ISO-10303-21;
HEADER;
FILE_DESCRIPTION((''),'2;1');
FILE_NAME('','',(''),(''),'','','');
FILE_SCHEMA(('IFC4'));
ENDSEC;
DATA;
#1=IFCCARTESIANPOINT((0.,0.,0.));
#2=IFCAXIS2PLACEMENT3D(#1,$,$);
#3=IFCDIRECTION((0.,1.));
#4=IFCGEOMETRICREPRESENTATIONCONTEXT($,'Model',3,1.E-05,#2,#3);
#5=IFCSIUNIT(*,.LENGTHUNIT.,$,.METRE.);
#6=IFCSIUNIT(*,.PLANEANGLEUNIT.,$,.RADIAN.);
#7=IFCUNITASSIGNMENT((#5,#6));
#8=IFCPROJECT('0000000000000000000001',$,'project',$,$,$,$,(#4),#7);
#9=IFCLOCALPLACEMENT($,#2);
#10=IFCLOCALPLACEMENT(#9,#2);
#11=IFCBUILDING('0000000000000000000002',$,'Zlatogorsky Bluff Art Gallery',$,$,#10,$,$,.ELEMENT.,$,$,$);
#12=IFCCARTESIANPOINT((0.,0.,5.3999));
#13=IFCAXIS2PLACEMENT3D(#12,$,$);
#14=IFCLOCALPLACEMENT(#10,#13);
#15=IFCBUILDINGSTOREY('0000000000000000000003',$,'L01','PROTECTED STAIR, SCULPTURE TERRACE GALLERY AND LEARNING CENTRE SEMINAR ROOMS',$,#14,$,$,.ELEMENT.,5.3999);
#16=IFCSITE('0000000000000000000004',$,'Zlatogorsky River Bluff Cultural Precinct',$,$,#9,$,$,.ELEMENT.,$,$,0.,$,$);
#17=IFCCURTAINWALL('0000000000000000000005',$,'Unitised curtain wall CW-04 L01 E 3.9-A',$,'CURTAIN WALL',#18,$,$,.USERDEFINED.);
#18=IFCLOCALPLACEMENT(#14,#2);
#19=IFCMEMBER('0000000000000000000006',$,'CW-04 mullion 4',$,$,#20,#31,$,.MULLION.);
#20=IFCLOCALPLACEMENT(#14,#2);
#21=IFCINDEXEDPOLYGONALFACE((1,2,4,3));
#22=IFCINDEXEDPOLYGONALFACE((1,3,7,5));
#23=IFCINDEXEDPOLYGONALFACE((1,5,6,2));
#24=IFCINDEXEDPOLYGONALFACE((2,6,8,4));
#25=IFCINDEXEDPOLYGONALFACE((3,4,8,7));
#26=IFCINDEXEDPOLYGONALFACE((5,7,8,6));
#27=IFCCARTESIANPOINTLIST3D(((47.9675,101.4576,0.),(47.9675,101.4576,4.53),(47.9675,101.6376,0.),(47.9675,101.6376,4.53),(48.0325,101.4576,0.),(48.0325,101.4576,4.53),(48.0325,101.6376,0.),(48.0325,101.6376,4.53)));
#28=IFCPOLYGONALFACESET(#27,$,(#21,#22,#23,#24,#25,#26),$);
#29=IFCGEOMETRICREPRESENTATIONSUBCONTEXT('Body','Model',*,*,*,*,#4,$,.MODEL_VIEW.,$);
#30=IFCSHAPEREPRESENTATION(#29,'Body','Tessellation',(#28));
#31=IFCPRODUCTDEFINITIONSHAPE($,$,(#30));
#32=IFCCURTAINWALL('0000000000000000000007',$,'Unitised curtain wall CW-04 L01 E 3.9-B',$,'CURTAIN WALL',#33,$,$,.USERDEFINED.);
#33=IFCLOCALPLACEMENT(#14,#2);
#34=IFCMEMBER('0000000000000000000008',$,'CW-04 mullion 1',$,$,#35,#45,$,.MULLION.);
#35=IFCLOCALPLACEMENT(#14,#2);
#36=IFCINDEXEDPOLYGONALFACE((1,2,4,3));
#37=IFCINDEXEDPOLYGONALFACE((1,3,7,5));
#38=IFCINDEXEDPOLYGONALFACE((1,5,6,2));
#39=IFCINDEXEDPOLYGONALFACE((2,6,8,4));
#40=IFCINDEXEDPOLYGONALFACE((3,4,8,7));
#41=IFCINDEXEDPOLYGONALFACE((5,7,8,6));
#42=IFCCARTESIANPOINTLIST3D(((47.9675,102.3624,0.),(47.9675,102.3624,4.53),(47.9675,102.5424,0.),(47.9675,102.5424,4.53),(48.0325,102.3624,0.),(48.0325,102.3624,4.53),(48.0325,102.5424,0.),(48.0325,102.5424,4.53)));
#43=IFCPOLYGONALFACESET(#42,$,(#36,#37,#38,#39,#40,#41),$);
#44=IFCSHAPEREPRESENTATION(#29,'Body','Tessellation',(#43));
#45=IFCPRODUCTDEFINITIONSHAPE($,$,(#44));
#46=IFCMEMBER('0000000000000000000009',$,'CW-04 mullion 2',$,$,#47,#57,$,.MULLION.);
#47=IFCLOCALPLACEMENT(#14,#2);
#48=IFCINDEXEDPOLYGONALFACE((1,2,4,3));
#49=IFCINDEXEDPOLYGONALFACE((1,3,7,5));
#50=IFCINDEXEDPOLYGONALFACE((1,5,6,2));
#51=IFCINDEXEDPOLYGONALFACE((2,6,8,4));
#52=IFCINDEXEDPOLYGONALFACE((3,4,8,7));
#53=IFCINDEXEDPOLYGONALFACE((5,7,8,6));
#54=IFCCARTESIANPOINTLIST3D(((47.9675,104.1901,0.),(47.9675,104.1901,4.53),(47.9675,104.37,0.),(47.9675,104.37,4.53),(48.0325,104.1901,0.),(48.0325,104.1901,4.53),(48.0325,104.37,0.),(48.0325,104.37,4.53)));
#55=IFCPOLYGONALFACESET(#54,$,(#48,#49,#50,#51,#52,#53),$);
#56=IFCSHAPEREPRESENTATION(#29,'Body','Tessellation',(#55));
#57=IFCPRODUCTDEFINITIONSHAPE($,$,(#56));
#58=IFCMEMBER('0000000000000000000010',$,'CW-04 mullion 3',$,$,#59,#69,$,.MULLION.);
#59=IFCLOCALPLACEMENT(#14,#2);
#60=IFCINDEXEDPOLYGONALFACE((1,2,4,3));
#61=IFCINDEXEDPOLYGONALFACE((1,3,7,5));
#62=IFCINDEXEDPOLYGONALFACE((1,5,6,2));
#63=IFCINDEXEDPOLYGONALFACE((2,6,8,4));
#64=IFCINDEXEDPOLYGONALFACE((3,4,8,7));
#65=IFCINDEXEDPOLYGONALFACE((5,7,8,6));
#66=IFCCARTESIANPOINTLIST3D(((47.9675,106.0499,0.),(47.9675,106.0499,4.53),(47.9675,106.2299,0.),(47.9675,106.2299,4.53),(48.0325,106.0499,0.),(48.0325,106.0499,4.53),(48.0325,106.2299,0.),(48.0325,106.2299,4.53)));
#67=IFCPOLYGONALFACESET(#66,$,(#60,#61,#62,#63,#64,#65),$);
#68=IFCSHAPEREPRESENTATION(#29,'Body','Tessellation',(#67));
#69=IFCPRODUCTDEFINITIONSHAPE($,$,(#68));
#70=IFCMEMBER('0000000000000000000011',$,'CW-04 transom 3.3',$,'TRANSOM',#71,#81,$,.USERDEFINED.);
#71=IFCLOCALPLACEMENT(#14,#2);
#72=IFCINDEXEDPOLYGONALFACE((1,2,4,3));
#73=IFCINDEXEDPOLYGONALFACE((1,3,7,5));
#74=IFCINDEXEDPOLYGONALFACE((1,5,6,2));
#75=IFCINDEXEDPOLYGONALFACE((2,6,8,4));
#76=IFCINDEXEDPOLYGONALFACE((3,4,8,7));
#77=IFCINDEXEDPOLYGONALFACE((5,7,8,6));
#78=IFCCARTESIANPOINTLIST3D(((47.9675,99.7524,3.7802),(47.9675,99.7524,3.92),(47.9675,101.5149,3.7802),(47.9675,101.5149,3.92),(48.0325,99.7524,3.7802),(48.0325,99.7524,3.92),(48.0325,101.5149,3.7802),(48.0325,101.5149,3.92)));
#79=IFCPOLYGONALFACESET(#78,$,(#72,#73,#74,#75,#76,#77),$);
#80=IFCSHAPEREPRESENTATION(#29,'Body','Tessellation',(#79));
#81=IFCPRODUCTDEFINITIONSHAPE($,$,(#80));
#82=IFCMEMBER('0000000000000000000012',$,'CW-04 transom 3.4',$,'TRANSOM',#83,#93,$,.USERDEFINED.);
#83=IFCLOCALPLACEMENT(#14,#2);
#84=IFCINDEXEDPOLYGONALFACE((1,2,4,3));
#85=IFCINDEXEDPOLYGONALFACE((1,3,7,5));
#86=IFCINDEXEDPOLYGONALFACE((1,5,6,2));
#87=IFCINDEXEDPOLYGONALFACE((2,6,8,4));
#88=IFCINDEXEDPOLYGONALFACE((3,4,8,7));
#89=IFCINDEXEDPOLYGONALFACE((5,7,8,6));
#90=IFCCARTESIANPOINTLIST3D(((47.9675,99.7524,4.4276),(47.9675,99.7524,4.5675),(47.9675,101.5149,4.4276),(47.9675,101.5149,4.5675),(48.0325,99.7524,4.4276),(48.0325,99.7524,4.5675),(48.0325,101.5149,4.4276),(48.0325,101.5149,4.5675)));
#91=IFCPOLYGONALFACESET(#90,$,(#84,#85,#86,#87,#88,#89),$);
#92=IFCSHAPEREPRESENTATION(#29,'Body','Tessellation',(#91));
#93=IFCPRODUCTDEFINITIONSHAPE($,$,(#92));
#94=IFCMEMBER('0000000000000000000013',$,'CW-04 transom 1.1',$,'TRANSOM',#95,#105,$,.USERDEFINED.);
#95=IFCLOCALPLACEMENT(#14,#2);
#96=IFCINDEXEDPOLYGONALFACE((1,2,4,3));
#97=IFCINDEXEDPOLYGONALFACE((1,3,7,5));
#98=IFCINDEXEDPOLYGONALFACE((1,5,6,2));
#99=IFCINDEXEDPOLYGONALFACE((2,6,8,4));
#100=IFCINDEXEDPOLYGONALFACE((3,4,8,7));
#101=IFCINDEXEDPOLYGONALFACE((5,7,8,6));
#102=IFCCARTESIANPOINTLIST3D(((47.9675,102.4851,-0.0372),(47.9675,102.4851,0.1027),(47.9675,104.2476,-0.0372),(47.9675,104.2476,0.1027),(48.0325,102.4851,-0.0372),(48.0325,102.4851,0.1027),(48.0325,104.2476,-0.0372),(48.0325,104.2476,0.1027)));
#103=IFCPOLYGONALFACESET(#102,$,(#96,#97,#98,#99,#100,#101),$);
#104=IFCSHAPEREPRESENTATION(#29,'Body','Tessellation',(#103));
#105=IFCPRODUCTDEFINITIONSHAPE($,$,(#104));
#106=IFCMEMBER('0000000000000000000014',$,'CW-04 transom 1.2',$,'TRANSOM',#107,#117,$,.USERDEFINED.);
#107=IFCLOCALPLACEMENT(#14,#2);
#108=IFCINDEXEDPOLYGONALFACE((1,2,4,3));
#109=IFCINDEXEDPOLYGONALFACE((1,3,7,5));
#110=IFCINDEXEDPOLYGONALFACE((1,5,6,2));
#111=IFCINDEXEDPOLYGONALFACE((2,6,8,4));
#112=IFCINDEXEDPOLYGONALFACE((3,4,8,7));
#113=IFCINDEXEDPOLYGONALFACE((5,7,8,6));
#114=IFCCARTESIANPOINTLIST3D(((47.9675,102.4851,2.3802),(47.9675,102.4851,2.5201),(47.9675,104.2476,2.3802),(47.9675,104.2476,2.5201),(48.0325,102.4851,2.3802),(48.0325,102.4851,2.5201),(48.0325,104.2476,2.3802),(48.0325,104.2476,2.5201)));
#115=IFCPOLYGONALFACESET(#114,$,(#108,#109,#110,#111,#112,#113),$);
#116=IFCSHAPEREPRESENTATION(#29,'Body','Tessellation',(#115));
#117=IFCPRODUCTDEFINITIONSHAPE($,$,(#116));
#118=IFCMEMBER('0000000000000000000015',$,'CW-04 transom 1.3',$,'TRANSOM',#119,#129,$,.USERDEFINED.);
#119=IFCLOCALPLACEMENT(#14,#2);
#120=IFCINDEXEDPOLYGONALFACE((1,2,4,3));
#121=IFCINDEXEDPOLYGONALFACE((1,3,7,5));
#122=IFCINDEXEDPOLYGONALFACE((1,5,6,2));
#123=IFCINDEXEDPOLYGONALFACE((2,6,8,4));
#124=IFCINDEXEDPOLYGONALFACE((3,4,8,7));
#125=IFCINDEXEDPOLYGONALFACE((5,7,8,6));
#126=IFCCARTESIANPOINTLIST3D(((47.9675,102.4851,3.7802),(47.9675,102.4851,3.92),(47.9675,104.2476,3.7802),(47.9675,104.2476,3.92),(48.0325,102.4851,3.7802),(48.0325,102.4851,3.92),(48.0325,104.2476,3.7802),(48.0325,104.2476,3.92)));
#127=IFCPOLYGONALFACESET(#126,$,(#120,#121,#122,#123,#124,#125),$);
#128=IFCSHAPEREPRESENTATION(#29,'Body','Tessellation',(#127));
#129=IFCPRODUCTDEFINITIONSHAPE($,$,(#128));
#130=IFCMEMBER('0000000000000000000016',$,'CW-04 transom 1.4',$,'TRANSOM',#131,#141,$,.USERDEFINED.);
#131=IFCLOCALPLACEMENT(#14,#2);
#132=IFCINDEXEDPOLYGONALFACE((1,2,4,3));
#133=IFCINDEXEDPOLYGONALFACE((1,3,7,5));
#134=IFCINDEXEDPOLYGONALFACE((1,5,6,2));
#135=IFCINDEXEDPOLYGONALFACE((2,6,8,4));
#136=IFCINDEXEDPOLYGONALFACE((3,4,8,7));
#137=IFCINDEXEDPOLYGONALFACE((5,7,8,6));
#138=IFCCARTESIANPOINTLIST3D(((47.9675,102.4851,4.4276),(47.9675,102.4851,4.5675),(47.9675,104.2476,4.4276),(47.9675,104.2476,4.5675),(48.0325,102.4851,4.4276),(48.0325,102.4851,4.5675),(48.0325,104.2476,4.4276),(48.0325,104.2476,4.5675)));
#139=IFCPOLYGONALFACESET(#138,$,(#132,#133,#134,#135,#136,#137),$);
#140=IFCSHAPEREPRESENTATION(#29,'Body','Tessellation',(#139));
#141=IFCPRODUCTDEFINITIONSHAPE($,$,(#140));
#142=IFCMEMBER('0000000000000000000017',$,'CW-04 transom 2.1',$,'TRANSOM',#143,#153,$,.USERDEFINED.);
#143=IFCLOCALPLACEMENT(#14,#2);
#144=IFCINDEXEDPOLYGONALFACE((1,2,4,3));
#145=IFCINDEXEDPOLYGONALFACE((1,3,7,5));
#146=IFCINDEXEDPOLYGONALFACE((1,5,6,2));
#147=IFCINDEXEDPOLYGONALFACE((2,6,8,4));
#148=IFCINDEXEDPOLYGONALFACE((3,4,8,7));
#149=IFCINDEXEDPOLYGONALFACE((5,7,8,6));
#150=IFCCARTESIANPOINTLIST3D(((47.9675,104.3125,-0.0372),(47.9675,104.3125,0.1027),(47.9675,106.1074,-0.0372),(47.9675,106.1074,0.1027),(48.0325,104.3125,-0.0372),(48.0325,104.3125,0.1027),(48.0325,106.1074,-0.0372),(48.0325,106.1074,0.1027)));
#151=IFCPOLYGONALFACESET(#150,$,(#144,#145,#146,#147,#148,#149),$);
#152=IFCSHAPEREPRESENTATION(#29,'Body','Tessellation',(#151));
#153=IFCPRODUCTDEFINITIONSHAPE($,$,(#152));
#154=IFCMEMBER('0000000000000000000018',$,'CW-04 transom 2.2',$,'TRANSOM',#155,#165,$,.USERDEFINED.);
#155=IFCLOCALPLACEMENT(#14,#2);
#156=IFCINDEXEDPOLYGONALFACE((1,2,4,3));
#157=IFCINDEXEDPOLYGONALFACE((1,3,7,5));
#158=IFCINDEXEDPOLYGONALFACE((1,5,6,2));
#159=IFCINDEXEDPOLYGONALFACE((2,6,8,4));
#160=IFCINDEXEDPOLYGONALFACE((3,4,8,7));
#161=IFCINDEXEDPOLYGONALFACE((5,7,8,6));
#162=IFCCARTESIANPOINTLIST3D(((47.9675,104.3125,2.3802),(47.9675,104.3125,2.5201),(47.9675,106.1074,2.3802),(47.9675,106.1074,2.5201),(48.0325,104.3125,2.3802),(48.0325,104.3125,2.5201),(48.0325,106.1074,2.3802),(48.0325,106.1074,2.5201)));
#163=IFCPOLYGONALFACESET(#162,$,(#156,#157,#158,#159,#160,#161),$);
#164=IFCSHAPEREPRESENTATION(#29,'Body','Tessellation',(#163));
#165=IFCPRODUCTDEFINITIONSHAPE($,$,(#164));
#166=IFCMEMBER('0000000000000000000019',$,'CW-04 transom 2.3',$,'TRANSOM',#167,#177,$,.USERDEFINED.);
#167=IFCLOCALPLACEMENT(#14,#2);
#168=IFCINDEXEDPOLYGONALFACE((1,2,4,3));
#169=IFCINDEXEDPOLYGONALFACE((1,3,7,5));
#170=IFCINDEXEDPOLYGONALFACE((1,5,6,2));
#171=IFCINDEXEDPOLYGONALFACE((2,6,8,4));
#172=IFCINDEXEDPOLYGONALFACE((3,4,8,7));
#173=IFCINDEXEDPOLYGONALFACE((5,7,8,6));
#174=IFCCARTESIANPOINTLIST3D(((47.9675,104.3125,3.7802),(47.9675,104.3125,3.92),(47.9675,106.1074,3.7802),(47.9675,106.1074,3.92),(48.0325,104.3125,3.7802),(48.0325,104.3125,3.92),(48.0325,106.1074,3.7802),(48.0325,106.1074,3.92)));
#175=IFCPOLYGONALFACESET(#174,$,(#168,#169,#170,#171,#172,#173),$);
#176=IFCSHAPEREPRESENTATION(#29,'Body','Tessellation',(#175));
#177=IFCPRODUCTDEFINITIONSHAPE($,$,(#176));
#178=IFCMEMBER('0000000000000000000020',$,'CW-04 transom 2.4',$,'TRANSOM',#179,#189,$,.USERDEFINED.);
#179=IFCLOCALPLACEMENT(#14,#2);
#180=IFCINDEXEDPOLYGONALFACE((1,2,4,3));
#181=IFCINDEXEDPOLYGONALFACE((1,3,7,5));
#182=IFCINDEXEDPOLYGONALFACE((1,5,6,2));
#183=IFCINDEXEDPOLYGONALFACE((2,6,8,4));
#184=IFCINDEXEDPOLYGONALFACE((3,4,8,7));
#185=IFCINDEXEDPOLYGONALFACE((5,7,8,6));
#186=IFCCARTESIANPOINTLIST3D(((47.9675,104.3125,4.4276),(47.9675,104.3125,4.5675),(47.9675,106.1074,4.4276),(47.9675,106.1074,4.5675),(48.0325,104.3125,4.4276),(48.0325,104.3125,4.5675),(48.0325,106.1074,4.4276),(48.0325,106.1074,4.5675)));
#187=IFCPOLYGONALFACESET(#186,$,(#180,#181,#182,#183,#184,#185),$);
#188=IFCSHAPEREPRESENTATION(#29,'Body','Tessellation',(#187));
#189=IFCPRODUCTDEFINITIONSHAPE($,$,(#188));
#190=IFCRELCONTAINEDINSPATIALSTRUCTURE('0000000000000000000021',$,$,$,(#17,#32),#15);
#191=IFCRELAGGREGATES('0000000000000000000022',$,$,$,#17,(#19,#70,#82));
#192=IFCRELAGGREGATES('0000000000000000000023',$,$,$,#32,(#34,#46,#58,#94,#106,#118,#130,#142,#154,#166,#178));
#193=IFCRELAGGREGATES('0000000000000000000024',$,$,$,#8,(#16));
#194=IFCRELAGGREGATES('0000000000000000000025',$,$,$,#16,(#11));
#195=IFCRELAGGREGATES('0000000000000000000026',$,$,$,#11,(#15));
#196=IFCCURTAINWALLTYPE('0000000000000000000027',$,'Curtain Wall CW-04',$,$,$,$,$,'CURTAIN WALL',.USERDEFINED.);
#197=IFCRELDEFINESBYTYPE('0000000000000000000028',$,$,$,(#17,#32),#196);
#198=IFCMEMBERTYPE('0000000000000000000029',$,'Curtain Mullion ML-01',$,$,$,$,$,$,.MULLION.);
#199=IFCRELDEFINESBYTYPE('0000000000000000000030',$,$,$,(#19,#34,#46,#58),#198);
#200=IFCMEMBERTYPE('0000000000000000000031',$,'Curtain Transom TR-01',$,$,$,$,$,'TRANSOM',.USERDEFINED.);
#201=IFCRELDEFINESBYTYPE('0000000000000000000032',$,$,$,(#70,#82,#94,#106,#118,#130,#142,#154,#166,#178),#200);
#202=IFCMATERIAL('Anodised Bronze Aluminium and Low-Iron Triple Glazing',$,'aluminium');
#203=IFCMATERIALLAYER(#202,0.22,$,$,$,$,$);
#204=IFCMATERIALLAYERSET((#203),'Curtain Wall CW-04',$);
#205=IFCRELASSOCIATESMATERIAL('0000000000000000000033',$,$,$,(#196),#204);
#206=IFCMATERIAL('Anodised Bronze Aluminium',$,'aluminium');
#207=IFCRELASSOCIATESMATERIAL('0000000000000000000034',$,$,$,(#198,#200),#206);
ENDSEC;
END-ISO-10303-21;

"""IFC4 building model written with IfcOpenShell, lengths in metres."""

from ifc_helpers import new_model, si_unit, direction, frame, origin, origin_2d, place, context, subcontext, project, spatial, rectangle, extrude, material, layer, layer_set, material_profile, profile_set, type_object, element, aggregate, save


model = new_model("IFC4")

# Units and contexts
model_context = context("Model", 3, precision=1e-05, world=origin(), true_north=direction((0.0, 1.0)))
body_context = subcontext(model_context, "Body", "Model", "MODEL_VIEW")
ifc_project = project(units=[si_unit("LENGTHUNIT", "METRE"), si_unit("PLANEANGLEUNIT", "RADIAN")], contexts=[model_context])

# Site, building, storey
site_placement = place(None, origin())
site = spatial("IfcSite", under=ifc_project, at=site_placement, Name="Zlatogorsky River Bluff Cultural Precinct", CompositionType="ELEMENT", RefElevation=0.0)
building_placement = place(site_placement, origin())
building = spatial("IfcBuilding", under=site, at=building_placement, Name="Zlatogorsky Bluff Art Gallery", CompositionType="ELEMENT")
storey_placement = place(building_placement, frame((0.0, 0.0, 5.3999)))
storey = spatial("IfcBuildingStorey", under=building, at=storey_placement, Name="L01", Description="PROTECTED STAIR, SCULPTURE TERRACE GALLERY AND LEARNING CENTRE SEMINAR ROOMS", CompositionType="ELEMENT", Elevation=5.3999)

# Curtain wall, member
ifc_material_1 = material(Name="Anodised Bronze Aluminium and Low-Iron Triple Glazing", Category="aluminium")
ifc_layer_1 = layer(ifc_material_1, 0.22)
ifc_layer_set_1 = layer_set([ifc_layer_1], Name="Curtain Wall CW-04")
curtain_wall_type = type_object("IfcCurtainWallType", Name="Curtain Wall CW-04", ElementType="CURTAIN WALL", PredefinedType="USERDEFINED", material=ifc_layer_set_1)
curtain_wall_1_placement = place(storey_placement, origin())
curtain_wall_1 = element("IfcCurtainWall", 1, at=curtain_wall_1_placement, inside=storey, type_object=curtain_wall_type, Name="Unitised curtain wall CW-04 L01 E 3.9-A", ObjectType="CURTAIN WALL", PredefinedType="USERDEFINED")
ifc_material_2 = material(Name="Anodised Bronze Aluminium", Category="aluminium")
ifc_material_profile_1 = material_profile(ifc_material_2, rectangle(XDim=0.0649, YDim=0.1799, at=origin_2d()), Name="ALU MULLION 65x180")
ifc_profile_set_1 = profile_set([ifc_material_profile_1], Name="Anodised Bronze Aluminium")
member_type_1 = type_object("IfcMemberType", Name="Curtain Mullion ML-01", PredefinedType="MULLION", material=ifc_profile_set_1)
member_1_placement = place(storey_placement, frame((48.0, 101.5476, 0.0), z_axis=(0.0, 0.0, 1.0), x_axis=(-1.0, 0.0, 0.0)))
member_1 = element("IfcMember", 2, at=member_1_placement, type_object=member_type_1, Name="CW-04 mullion 4", PredefinedType="MULLION", context=body_context, shape_type="SweptSolid", body=[
    extrude(rectangle(XDim=0.0649, YDim=0.1799, at=origin_2d()), origin(), (0.0, 0.0, 1.0), 4.53),
])

# Curtain wall, members
curtain_wall_2_placement = place(storey_placement, origin())
curtain_wall_2 = element("IfcCurtainWall", 3, at=curtain_wall_2_placement, inside=storey, type_object=curtain_wall_type, Name="Unitised curtain wall CW-04 L01 E 3.9-B", ObjectType="CURTAIN WALL", PredefinedType="USERDEFINED")
member_2_placement = place(storey_placement, frame((48.0, 102.4524, 0.0), z_axis=(0.0, 0.0, 1.0), x_axis=(-1.0, 0.0, 0.0)))
member_2 = element("IfcMember", 4, at=member_2_placement, type_object=member_type_1, Name="CW-04 mullion 1", PredefinedType="MULLION", context=body_context, shape_type="SweptSolid", body=[
    extrude(rectangle(XDim=0.0649, YDim=0.1799, at=origin_2d()), origin(), (0.0, 0.0, 1.0), 4.53),
])
member_3_placement = place(storey_placement, frame((48.0, 104.28, 0.0), z_axis=(0.0, 0.0, 1.0), x_axis=(-1.0, 0.0, 0.0)))
member_3 = element("IfcMember", 5, at=member_3_placement, type_object=member_type_1, Name="CW-04 mullion 2", PredefinedType="MULLION", context=body_context, shape_type="SweptSolid", body=[
    extrude(rectangle(XDim=0.0649, YDim=0.1799, at=origin_2d()), origin(), (0.0, 0.0, 1.0), 4.53),
])
member_4_placement = place(storey_placement, frame((48.0, 106.1399, 0.0), z_axis=(0.0, 0.0, 1.0), x_axis=(-1.0, 0.0, 0.0)))
member_4 = element("IfcMember", 6, at=member_4_placement, type_object=member_type_1, Name="CW-04 mullion 3", PredefinedType="MULLION", context=body_context, shape_type="SweptSolid", body=[
    extrude(rectangle(XDim=0.0649, YDim=0.1799, at=origin_2d()), origin(), (0.0, 0.0, 1.0), 4.53),
])

# Members
ifc_material_profile_2 = material_profile(ifc_material_2, rectangle(XDim=0.0649, YDim=0.1399, at=origin_2d()), Name="ALU TRANSOM 65x140")
ifc_profile_set_2 = profile_set([ifc_material_profile_2], Name="Anodised Bronze Aluminium")
member_type_2 = type_object("IfcMemberType", Name="Curtain Transom TR-01", ElementType="TRANSOM", PredefinedType="USERDEFINED", material=ifc_profile_set_2)
member_5_placement = place(storey_placement, frame((48.0, 99.7524, 3.8501), z_axis=(0.0, 1.0, 0.0), x_axis=(-1.0, 0.0, 0.0)))
member_5 = element("IfcMember", 7, at=member_5_placement, type_object=member_type_2, Name="CW-04 transom 3.3", ObjectType="TRANSOM", PredefinedType="USERDEFINED", context=body_context, shape_type="SweptSolid", body=[
    extrude(rectangle(XDim=0.0649, YDim=0.1399, at=origin_2d()), origin(), (0.0, 0.0, 1.0), 1.7625),
])
member_6_placement = place(storey_placement, frame((48.0, 99.7524, 4.4976), z_axis=(0.0, 1.0, 0.0), x_axis=(-1.0, 0.0, 0.0)))
member_6 = element("IfcMember", 8, at=member_6_placement, type_object=member_type_2, Name="CW-04 transom 3.4", ObjectType="TRANSOM", PredefinedType="USERDEFINED", context=body_context, shape_type="SweptSolid", body=[
    extrude(rectangle(XDim=0.0649, YDim=0.1399, at=origin_2d()), origin(), (0.0, 0.0, 1.0), 1.7625),
])
member_7_placement = place(storey_placement, frame((48.0, 102.4851, 0.0327), z_axis=(0.0, 1.0, 0.0), x_axis=(-1.0, 0.0, 0.0)))
member_7 = element("IfcMember", 9, at=member_7_placement, type_object=member_type_2, Name="CW-04 transom 1.1", ObjectType="TRANSOM", PredefinedType="USERDEFINED", context=body_context, shape_type="SweptSolid", body=[
    extrude(rectangle(XDim=0.0649, YDim=0.1399, at=origin_2d()), origin(), (0.0, 0.0, 1.0), 1.7625),
])
member_8_placement = place(storey_placement, frame((48.0, 102.4851, 2.4502), z_axis=(0.0, 1.0, 0.0), x_axis=(-1.0, 0.0, 0.0)))
member_8 = element("IfcMember", 10, at=member_8_placement, type_object=member_type_2, Name="CW-04 transom 1.2", ObjectType="TRANSOM", PredefinedType="USERDEFINED", context=body_context, shape_type="SweptSolid", body=[
    extrude(rectangle(XDim=0.0649, YDim=0.1399, at=origin_2d()), origin(), (0.0, 0.0, 1.0), 1.7625),
])
member_9_placement = place(storey_placement, frame((48.0, 102.4851, 3.8501), z_axis=(0.0, 1.0, 0.0), x_axis=(-1.0, 0.0, 0.0)))
member_9 = element("IfcMember", 11, at=member_9_placement, type_object=member_type_2, Name="CW-04 transom 1.3", ObjectType="TRANSOM", PredefinedType="USERDEFINED", context=body_context, shape_type="SweptSolid", body=[
    extrude(rectangle(XDim=0.0649, YDim=0.1399, at=origin_2d()), origin(), (0.0, 0.0, 1.0), 1.7625),
])
member_10_placement = place(storey_placement, frame((48.0, 102.4851, 4.4976), z_axis=(0.0, 1.0, 0.0), x_axis=(-1.0, 0.0, 0.0)))
member_10 = element("IfcMember", 12, at=member_10_placement, type_object=member_type_2, Name="CW-04 transom 1.4", ObjectType="TRANSOM", PredefinedType="USERDEFINED", context=body_context, shape_type="SweptSolid", body=[
    extrude(rectangle(XDim=0.0649, YDim=0.1399, at=origin_2d()), origin(), (0.0, 0.0, 1.0), 1.7625),
])
member_11_placement = place(storey_placement, frame((48.0, 104.3125, 0.0327), z_axis=(0.0, 1.0, 0.0), x_axis=(-1.0, 0.0, 0.0)))
member_11 = element("IfcMember", 13, at=member_11_placement, type_object=member_type_2, Name="CW-04 transom 2.1", ObjectType="TRANSOM", PredefinedType="USERDEFINED", context=body_context, shape_type="SweptSolid", body=[
    extrude(rectangle(XDim=0.0649, YDim=0.1399, at=origin_2d()), origin(), (0.0, 0.0, 1.0), 1.7949),
])
member_12_placement = place(storey_placement, frame((48.0, 104.3125, 2.4502), z_axis=(0.0, 1.0, 0.0), x_axis=(-1.0, 0.0, 0.0)))
member_12 = element("IfcMember", 14, at=member_12_placement, type_object=member_type_2, Name="CW-04 transom 2.2", ObjectType="TRANSOM", PredefinedType="USERDEFINED", context=body_context, shape_type="SweptSolid", body=[
    extrude(rectangle(XDim=0.0649, YDim=0.1399, at=origin_2d()), origin(), (0.0, 0.0, 1.0), 1.7949),
])
member_13_placement = place(storey_placement, frame((48.0, 104.3125, 3.8501), z_axis=(0.0, 1.0, 0.0), x_axis=(-1.0, 0.0, 0.0)))
member_13 = element("IfcMember", 15, at=member_13_placement, type_object=member_type_2, Name="CW-04 transom 2.3", ObjectType="TRANSOM", PredefinedType="USERDEFINED", context=body_context, shape_type="SweptSolid", body=[
    extrude(rectangle(XDim=0.0649, YDim=0.1399, at=origin_2d()), origin(), (0.0, 0.0, 1.0), 1.7949),
])
member_14_placement = place(storey_placement, frame((48.0, 104.3125, 4.4976), z_axis=(0.0, 1.0, 0.0), x_axis=(-1.0, 0.0, 0.0)))
member_14 = element("IfcMember", 16, at=member_14_placement, type_object=member_type_2, Name="CW-04 transom 2.4", ObjectType="TRANSOM", PredefinedType="USERDEFINED", context=body_context, shape_type="SweptSolid", body=[
    extrude(rectangle(XDim=0.0649, YDim=0.1399, at=origin_2d()), origin(), (0.0, 0.0, 1.0), 1.7949),
])

aggregate(curtain_wall_1, [member_1, member_5, member_6])
aggregate(curtain_wall_2, [member_2, member_3, member_4, member_7, member_8, member_9, member_10, member_11, member_12, member_13, member_14])

save(model, "model.ifc")
